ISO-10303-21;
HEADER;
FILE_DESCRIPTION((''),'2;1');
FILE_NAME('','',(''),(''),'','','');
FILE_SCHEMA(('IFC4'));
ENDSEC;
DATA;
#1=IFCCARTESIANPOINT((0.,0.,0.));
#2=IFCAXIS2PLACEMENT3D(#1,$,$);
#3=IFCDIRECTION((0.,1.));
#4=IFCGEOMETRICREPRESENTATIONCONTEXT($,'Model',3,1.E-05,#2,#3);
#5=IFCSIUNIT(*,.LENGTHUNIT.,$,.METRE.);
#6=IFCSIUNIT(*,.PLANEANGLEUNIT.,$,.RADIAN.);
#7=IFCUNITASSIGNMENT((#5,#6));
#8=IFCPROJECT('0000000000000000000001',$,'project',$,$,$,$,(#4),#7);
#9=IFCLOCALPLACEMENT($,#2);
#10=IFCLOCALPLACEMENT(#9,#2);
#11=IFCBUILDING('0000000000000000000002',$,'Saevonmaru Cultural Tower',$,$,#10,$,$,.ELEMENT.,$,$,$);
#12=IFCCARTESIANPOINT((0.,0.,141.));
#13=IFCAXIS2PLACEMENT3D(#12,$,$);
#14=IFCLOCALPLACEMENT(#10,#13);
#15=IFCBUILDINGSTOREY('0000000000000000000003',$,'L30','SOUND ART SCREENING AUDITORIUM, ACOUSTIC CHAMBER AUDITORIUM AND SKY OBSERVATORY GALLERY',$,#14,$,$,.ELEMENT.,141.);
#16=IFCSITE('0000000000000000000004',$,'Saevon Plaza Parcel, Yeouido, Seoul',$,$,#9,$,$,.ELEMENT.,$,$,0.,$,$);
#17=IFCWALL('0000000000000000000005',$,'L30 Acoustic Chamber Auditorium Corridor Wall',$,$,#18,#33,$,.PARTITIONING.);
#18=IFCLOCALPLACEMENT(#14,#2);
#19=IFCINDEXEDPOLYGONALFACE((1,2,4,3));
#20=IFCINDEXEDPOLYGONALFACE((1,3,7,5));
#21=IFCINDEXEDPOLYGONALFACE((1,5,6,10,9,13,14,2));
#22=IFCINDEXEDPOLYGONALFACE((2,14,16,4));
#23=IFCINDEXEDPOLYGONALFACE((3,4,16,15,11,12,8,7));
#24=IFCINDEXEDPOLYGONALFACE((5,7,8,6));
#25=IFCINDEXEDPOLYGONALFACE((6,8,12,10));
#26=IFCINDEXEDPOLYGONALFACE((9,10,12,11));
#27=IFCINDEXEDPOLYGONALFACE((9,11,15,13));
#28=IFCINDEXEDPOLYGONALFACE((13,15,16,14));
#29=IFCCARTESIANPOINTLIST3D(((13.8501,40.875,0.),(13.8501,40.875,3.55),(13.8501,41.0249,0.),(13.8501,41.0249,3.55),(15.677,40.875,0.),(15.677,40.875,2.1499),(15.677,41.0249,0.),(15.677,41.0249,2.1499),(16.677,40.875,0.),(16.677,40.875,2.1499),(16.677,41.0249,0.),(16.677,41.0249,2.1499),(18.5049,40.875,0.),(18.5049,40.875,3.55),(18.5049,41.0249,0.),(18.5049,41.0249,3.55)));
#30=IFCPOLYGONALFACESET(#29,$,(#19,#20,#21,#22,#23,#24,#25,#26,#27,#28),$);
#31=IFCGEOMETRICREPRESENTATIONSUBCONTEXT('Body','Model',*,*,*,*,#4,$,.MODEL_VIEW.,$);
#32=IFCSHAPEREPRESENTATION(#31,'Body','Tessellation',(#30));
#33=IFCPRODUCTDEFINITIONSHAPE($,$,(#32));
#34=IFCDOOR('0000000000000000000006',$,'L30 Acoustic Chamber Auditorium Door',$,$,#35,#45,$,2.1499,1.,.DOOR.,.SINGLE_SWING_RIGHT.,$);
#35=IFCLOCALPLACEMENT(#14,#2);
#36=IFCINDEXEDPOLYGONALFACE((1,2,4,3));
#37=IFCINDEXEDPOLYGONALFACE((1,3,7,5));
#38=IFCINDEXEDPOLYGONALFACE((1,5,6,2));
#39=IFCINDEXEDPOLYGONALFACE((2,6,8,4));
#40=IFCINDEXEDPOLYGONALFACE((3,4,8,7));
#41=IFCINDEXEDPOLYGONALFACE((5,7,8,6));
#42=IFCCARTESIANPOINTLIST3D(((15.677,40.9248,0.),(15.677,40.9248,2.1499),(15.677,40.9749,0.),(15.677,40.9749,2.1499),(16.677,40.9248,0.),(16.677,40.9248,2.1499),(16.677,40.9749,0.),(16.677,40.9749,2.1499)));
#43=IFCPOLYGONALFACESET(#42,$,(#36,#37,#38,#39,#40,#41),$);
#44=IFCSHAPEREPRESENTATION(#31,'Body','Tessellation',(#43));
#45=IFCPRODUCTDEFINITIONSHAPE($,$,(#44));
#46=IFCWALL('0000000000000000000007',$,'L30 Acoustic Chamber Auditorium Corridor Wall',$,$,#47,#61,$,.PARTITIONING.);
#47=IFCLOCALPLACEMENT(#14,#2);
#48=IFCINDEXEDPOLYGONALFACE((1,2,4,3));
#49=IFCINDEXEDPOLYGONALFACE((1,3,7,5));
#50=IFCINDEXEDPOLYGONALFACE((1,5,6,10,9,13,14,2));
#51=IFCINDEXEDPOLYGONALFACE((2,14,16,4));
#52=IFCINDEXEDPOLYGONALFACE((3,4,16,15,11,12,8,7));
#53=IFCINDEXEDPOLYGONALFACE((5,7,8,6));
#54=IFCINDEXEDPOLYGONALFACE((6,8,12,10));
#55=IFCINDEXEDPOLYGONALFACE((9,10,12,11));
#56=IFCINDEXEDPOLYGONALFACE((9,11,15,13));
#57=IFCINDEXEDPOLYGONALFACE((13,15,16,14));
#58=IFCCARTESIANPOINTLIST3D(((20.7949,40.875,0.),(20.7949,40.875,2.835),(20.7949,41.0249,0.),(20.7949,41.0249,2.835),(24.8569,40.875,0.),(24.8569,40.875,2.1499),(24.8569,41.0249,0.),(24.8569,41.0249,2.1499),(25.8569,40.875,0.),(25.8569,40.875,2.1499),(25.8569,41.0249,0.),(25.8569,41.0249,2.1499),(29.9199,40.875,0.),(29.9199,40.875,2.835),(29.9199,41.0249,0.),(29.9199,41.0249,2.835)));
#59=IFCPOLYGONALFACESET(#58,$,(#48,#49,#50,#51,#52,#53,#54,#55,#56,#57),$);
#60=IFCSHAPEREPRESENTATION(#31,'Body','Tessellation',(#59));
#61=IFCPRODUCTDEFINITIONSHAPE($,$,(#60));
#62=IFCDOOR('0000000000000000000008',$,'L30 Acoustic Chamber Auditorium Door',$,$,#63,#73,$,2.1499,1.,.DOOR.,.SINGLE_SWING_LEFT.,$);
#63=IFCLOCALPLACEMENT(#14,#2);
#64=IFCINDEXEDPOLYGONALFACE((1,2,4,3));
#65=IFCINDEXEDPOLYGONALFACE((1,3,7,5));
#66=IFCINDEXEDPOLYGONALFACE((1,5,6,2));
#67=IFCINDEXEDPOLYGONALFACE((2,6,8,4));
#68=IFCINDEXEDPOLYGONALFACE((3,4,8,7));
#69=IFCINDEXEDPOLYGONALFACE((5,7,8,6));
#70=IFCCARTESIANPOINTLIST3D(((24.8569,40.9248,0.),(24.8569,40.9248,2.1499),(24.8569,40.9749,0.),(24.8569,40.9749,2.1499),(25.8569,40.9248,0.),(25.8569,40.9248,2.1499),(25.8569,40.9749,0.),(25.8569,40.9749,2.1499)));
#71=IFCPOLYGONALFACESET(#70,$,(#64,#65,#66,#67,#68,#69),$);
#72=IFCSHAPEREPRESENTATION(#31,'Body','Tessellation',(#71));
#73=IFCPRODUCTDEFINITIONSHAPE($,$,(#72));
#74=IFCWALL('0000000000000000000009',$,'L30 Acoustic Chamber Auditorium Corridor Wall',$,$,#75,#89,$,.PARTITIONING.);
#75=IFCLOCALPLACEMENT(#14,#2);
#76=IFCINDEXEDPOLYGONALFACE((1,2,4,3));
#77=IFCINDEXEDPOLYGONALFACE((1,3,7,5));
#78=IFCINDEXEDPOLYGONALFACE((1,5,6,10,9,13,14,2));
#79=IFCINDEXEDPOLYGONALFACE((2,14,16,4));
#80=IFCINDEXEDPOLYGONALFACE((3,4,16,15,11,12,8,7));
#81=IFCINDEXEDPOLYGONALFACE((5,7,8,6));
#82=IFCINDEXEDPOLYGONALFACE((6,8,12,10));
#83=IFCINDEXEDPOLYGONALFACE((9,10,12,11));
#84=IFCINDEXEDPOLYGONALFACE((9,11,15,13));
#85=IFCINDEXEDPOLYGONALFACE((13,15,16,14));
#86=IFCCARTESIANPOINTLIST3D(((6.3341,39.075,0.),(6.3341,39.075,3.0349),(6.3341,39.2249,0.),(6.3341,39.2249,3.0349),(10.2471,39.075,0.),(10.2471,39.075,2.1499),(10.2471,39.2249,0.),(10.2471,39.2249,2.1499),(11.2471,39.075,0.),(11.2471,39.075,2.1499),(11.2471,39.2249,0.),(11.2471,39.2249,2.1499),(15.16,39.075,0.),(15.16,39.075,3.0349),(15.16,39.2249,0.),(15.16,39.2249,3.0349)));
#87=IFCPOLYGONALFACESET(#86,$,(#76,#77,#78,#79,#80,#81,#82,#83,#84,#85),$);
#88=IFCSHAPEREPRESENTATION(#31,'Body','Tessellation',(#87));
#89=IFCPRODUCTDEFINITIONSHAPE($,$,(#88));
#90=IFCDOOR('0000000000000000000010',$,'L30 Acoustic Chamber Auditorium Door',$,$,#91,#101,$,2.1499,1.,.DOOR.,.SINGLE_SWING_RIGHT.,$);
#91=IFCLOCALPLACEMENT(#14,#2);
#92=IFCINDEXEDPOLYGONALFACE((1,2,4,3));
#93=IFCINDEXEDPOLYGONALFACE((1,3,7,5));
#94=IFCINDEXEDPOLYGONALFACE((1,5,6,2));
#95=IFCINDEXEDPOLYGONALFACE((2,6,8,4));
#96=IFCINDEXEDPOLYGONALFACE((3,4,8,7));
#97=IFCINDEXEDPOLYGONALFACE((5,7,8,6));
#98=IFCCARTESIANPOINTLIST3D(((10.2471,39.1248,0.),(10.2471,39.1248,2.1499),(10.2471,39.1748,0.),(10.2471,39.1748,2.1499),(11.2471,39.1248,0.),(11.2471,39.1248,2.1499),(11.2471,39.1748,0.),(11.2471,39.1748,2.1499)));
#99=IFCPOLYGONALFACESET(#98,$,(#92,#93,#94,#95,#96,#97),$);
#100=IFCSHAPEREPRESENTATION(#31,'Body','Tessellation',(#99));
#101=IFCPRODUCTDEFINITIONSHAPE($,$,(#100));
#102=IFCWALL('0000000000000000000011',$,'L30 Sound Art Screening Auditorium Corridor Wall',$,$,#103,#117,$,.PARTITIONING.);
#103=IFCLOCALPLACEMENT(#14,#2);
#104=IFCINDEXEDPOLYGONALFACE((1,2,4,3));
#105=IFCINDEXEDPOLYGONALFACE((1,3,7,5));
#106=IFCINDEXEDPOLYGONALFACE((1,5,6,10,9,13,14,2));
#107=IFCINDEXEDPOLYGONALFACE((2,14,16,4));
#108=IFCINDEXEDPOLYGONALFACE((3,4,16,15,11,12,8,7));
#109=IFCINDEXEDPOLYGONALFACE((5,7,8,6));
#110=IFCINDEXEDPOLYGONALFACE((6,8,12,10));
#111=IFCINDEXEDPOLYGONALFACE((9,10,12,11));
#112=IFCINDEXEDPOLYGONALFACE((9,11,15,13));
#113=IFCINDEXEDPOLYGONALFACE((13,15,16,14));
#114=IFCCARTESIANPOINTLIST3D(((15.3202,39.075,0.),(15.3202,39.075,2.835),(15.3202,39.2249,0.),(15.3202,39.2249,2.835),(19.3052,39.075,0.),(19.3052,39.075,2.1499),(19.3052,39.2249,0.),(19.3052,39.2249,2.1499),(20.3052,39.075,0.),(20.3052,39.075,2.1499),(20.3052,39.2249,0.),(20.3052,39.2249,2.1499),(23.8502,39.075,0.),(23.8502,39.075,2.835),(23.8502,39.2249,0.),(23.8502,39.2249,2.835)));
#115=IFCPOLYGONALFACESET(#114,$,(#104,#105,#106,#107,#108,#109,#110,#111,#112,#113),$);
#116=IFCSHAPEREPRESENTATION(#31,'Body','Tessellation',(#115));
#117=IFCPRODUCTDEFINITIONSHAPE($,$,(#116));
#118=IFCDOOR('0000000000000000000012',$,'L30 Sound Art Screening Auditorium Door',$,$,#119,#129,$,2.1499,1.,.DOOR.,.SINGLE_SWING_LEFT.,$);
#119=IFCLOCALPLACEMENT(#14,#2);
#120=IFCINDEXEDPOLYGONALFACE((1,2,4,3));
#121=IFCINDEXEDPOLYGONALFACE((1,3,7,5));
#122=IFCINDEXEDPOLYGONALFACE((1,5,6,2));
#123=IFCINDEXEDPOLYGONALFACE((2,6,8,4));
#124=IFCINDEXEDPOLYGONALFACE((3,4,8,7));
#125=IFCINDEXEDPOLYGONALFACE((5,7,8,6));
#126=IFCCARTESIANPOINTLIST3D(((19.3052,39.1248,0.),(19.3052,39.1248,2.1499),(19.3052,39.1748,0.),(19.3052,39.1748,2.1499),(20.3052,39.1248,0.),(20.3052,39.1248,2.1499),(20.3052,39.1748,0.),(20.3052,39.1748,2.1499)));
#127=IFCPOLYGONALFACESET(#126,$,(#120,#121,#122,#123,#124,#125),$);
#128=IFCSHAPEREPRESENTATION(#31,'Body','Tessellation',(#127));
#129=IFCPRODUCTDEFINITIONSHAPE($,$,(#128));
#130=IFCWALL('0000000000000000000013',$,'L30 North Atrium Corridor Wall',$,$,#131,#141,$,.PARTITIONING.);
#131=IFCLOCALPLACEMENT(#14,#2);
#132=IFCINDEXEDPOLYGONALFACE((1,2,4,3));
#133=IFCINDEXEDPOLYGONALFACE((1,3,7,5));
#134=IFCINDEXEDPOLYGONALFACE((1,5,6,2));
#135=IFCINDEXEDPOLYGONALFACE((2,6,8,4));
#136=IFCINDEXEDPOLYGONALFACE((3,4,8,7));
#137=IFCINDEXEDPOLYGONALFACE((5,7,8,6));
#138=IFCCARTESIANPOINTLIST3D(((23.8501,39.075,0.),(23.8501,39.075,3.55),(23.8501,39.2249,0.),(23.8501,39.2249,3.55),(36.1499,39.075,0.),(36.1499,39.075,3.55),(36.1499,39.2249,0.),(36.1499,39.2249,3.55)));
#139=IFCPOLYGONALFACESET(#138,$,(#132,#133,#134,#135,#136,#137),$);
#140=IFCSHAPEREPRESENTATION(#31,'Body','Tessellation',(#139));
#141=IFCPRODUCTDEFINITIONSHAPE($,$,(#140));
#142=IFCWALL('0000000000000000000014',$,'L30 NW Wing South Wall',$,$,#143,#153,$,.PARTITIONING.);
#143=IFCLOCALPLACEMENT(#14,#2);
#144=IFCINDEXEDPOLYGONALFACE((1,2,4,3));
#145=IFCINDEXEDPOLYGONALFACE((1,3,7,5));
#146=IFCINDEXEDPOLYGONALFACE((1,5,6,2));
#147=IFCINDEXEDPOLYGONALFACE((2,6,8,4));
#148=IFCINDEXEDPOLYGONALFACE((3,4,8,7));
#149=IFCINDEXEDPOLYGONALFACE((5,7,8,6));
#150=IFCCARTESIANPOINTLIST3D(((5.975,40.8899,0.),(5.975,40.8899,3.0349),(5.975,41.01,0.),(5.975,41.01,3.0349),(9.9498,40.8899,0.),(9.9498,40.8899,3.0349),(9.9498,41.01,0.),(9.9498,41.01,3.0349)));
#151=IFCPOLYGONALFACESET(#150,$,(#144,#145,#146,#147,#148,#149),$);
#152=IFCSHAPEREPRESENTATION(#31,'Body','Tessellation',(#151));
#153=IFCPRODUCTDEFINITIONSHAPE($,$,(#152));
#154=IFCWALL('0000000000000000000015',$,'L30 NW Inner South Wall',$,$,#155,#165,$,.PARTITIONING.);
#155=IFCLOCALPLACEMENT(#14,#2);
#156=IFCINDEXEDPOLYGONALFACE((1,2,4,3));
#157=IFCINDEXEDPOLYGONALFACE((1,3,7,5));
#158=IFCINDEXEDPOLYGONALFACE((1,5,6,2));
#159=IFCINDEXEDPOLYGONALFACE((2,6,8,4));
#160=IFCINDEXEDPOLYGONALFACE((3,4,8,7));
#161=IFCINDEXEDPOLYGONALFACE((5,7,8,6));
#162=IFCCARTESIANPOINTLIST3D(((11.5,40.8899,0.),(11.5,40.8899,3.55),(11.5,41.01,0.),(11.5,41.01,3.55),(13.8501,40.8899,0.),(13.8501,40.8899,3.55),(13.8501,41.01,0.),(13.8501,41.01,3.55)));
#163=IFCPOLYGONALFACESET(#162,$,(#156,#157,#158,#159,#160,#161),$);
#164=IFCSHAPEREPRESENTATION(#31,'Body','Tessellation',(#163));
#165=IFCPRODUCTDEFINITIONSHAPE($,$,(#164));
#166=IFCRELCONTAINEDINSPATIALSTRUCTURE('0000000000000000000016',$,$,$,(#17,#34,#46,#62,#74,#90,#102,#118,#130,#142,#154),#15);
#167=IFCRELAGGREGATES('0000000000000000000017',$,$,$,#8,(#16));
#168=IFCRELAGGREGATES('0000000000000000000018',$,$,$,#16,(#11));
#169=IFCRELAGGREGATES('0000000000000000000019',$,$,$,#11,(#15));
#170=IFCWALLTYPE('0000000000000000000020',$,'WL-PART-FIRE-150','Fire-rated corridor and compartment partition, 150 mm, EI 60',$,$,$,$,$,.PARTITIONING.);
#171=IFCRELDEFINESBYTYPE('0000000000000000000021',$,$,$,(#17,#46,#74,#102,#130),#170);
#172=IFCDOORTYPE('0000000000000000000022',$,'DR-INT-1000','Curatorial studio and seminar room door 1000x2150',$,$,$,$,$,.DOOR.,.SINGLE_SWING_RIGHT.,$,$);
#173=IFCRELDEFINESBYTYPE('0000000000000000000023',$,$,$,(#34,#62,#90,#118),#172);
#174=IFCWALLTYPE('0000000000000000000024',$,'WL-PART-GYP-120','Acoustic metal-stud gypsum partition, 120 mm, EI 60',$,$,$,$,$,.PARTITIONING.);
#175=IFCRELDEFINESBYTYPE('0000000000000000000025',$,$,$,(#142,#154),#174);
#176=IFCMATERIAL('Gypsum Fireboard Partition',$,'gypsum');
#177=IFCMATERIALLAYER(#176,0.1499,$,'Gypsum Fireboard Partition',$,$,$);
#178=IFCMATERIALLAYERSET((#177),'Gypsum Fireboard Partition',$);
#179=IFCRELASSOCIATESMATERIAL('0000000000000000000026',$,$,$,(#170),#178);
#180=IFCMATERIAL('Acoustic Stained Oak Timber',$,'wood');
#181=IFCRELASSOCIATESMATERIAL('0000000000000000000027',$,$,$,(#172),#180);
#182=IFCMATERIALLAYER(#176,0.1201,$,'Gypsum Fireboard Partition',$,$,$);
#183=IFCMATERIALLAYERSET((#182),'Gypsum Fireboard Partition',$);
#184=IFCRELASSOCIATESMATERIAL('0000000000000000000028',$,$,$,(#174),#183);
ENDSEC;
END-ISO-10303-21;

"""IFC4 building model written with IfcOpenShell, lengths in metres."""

from ifc_helpers import new_model, si_unit, direction, frame, frame_2d, origin, place, context, subcontext, project, spatial, rectangle, extrude, material, layer, layer_set, type_object, element, fill, save


model = new_model("IFC4")

# Units and contexts
model_context = context("Model", 3, precision=1e-05, world=origin(), true_north=direction((0.0, 1.0)))
body_context = subcontext(model_context, "Body", "Model", "MODEL_VIEW")
ifc_project = project(units=[si_unit("LENGTHUNIT", "METRE"), si_unit("PLANEANGLEUNIT", "RADIAN")], contexts=[model_context])

# Site, building, storey
site_placement = place(None, origin())
site = spatial("IfcSite", under=ifc_project, at=site_placement, Name="Saevon Plaza Parcel, Yeouido, Seoul", CompositionType="ELEMENT", RefElevation=0.0)
building_placement = place(site_placement, origin())
building = spatial("IfcBuilding", under=site, at=building_placement, Name="Saevonmaru Cultural Tower", CompositionType="ELEMENT")
storey_placement = place(building_placement, frame((0.0, 0.0, 141.0)))
storey = spatial("IfcBuildingStorey", under=building, at=storey_placement, Name="L30", Description="SOUND ART SCREENING AUDITORIUM, ACOUSTIC CHAMBER AUDITORIUM AND SKY OBSERVATORY GALLERY", CompositionType="ELEMENT", Elevation=141.0)

# Shared definitions
ifc_material_1 = material(Name="Gypsum Fireboard Partition", Category="gypsum")
ifc_layer_1 = layer(ifc_material_1, 0.1499, Name="Gypsum Fireboard Partition")
ifc_layer_set_1 = layer_set([ifc_layer_1], Name="Gypsum Fireboard Partition")
wall_type_1 = type_object("IfcWallType", Name="WL-PART-FIRE-150", Description="Fire-rated corridor and compartment partition, 150 mm, EI 60", PredefinedType="PARTITIONING", material=ifc_layer_set_1)
ifc_material_2 = material(Name="Acoustic Stained Oak Timber", Category="wood")
door_type = type_object("IfcDoorType", Name="DR-INT-1000", Description="Curatorial studio and seminar room door 1000x2150", OperationType="SINGLE_SWING_RIGHT", PredefinedType="DOOR", material=ifc_material_2)

# Walls, openings, doors
wall_1_placement = place(storey_placement, frame((13.8501, 40.95, 0.0), z_axis=(0.0, 0.0, 1.0), x_axis=(1.0, 0.0, 0.0)))
wall_1 = element("IfcWall", 1, at=wall_1_placement, inside=storey, type_object=wall_type_1, Name="L30 Acoustic Chamber Auditorium Corridor Wall", PredefinedType="PARTITIONING", context=body_context, shape_type="SweptSolid", body=[
    extrude(rectangle(XDim=4.6548, YDim=0.1499, at=frame_2d((2.3274, 0.0))), origin(), (0.0, 0.0, 1.0), 3.55),
])
opening_1_placement = place(wall_1_placement, frame((1.8269, 0.0, 0.0)))
opening_1 = element("IfcOpeningElement", 2, at=opening_1_placement, cuts=wall_1, PredefinedType="OPENING", context=body_context, shape_type="SweptSolid", body=[
    extrude(rectangle(XDim=1.0, YDim=2.1499, at=frame_2d((0.5, 1.075))), frame((0.0, 0.085, 0.0), z_axis=(0.0, -1.0, 0.0), x_axis=(1.0, 0.0, 0.0)), (0.0, 0.0, 1.0), 0.1699),
])
door_1_placement = place(opening_1_placement, origin())
door_1 = element("IfcDoor", 3, at=door_1_placement, inside=storey, type_object=door_type, Name="L30 Acoustic Chamber Auditorium Door", OperationType="SINGLE_SWING_RIGHT", OverallHeight=2.1499, OverallWidth=1.0, PredefinedType="DOOR", context=body_context, shape_type="SweptSolid", body=[
    extrude(rectangle(XDim=1.0, YDim=2.1499, at=frame_2d((0.5, 1.075))), frame((0.0, 0.0249, 0.0), z_axis=(0.0, -1.0, 0.0), x_axis=(1.0, 0.0, 0.0)), (0.0, 0.0, 1.0), 0.05),
])
fill(opening_1, door_1)
wall_2_placement = place(storey_placement, frame((20.7949, 40.95, 0.0), z_axis=(0.0, 0.0, 1.0), x_axis=(1.0, 0.0, 0.0)))
wall_2 = element("IfcWall", 4, at=wall_2_placement, inside=storey, type_object=wall_type_1, Name="L30 Acoustic Chamber Auditorium Corridor Wall", PredefinedType="PARTITIONING", context=body_context, shape_type="SweptSolid", body=[
    extrude(rectangle(XDim=9.125, YDim=0.1499, at=frame_2d((4.5625, 0.0))), origin(), (0.0, 0.0, 1.0), 2.835),
])
opening_2_placement = place(wall_2_placement, frame((4.062, 0.0, 0.0)))
opening_2 = element("IfcOpeningElement", 5, at=opening_2_placement, cuts=wall_2, PredefinedType="OPENING", context=body_context, shape_type="SweptSolid", body=[
    extrude(rectangle(XDim=1.0, YDim=2.1499, at=frame_2d((0.5, 1.075))), frame((0.0, 0.085, 0.0), z_axis=(0.0, -1.0, 0.0), x_axis=(1.0, 0.0, 0.0)), (0.0, 0.0, 1.0), 0.1699),
])
door_2_placement = place(opening_2_placement, origin())
door_2 = element("IfcDoor", 6, at=door_2_placement, inside=storey, type_object=door_type, Name="L30 Acoustic Chamber Auditorium Door", OperationType="SINGLE_SWING_LEFT", OverallHeight=2.1499, OverallWidth=1.0, PredefinedType="DOOR", context=body_context, shape_type="SweptSolid", body=[
    extrude(rectangle(XDim=1.0, YDim=2.1499, at=frame_2d((0.5, 1.075))), frame((0.0, 0.0249, 0.0), z_axis=(0.0, -1.0, 0.0), x_axis=(1.0, 0.0, 0.0)), (0.0, 0.0, 1.0), 0.05),
])
fill(opening_2, door_2)
wall_3_placement = place(storey_placement, frame((6.334, 39.1499, 0.0), z_axis=(0.0, 0.0, 1.0), x_axis=(1.0, 0.0, 0.0)))
wall_3 = element("IfcWall", 7, at=wall_3_placement, inside=storey, type_object=wall_type_1, Name="L30 Acoustic Chamber Auditorium Corridor Wall", PredefinedType="PARTITIONING", context=body_context, shape_type="SweptSolid", body=[
    extrude(rectangle(XDim=8.8259, YDim=0.1499, at=frame_2d((4.4131, 0.0))), origin(), (0.0, 0.0, 1.0), 3.0349),
])
opening_3_placement = place(wall_3_placement, frame((3.9131, 0.0, 0.0)))
opening_3 = element("IfcOpeningElement", 8, at=opening_3_placement, cuts=wall_3, PredefinedType="OPENING", context=body_context, shape_type="SweptSolid", body=[
    extrude(rectangle(XDim=1.0, YDim=2.1499, at=frame_2d((0.5, 1.075))), frame((0.0, 0.085, 0.0), z_axis=(0.0, -1.0, 0.0), x_axis=(1.0, 0.0, 0.0)), (0.0, 0.0, 1.0), 0.1699),
])
door_3_placement = place(opening_3_placement, origin())
door_3 = element("IfcDoor", 9, at=door_3_placement, inside=storey, type_object=door_type, Name="L30 Acoustic Chamber Auditorium Door", OperationType="SINGLE_SWING_RIGHT", OverallHeight=2.1499, OverallWidth=1.0, PredefinedType="DOOR", context=body_context, shape_type="SweptSolid", body=[
    extrude(rectangle(XDim=1.0, YDim=2.1499, at=frame_2d((0.5, 1.075))), frame((0.0, 0.0249, 0.0), z_axis=(0.0, -1.0, 0.0), x_axis=(1.0, 0.0, 0.0)), (0.0, 0.0, 1.0), 0.05),
])
fill(opening_3, door_3)
wall_4_placement = place(storey_placement, frame((15.3201, 39.1499, 0.0), z_axis=(0.0, 0.0, 1.0), x_axis=(1.0, 0.0, 0.0)))
wall_4 = element("IfcWall", 10, at=wall_4_placement, inside=storey, type_object=wall_type_1, Name="L30 Sound Art Screening Auditorium Corridor Wall", PredefinedType="PARTITIONING", context=body_context, shape_type="SweptSolid", body=[
    extrude(rectangle(XDim=8.53, YDim=0.1499, at=frame_2d((4.2651, 0.0))), origin(), (0.0, 0.0, 1.0), 2.835),
])
opening_4_placement = place(wall_4_placement, frame((3.9851, 0.0, 0.0)))
opening_4 = element("IfcOpeningElement", 11, at=opening_4_placement, cuts=wall_4, PredefinedType="OPENING", context=body_context, shape_type="SweptSolid", body=[
    extrude(rectangle(XDim=1.0, YDim=2.1499, at=frame_2d((0.5, 1.075))), frame((0.0, 0.085, 0.0), z_axis=(0.0, -1.0, 0.0), x_axis=(1.0, 0.0, 0.0)), (0.0, 0.0, 1.0), 0.1699),
])
door_4_placement = place(opening_4_placement, origin())
door_4 = element("IfcDoor", 12, at=door_4_placement, inside=storey, type_object=door_type, Name="L30 Sound Art Screening Auditorium Door", OperationType="SINGLE_SWING_LEFT", OverallHeight=2.1499, OverallWidth=1.0, PredefinedType="DOOR", context=body_context, shape_type="SweptSolid", body=[
    extrude(rectangle(XDim=1.0, YDim=2.1499, at=frame_2d((0.5, 1.075))), frame((0.0, 0.0249, 0.0), z_axis=(0.0, -1.0, 0.0), x_axis=(1.0, 0.0, 0.0)), (0.0, 0.0, 1.0), 0.05),
])
fill(opening_4, door_4)

# Walls
wall_5_placement = place(storey_placement, frame((23.8501, 39.1499, 0.0), z_axis=(0.0, 0.0, 1.0), x_axis=(1.0, 0.0, 0.0)))
element("IfcWall", 13, at=wall_5_placement, inside=storey, type_object=wall_type_1, Name="L30 North Atrium Corridor Wall", PredefinedType="PARTITIONING", context=body_context, shape_type="SweptSolid", body=[
    extrude(rectangle(XDim=12.2998, YDim=0.1499, at=frame_2d((6.1499, 0.0))), origin(), (0.0, 0.0, 1.0), 3.55),
])
ifc_layer_2 = layer(ifc_material_1, 0.1201, Name="Gypsum Fireboard Partition")
ifc_layer_set_2 = layer_set([ifc_layer_2], Name="Gypsum Fireboard Partition")
wall_type_2 = type_object("IfcWallType", Name="WL-PART-GYP-120", Description="Acoustic metal-stud gypsum partition, 120 mm, EI 60", PredefinedType="PARTITIONING", material=ifc_layer_set_2)
wall_6_placement = place(storey_placement, frame((5.9751, 40.95, 0.0), z_axis=(0.0, 0.0, 1.0), x_axis=(1.0, 0.0, 0.0)))
element("IfcWall", 14, at=wall_6_placement, inside=storey, type_object=wall_type_2, Name="L30 NW Wing South Wall", PredefinedType="PARTITIONING", context=body_context, shape_type="SweptSolid", body=[
    extrude(rectangle(XDim=3.9749, YDim=0.1201, at=frame_2d((1.9873, 0.0))), origin(), (0.0, 0.0, 1.0), 3.0349),
])
wall_7_placement = place(storey_placement, frame((11.5, 40.95, 0.0), z_axis=(0.0, 0.0, 1.0), x_axis=(1.0, 0.0, 0.0)))
element("IfcWall", 15, at=wall_7_placement, inside=storey, type_object=wall_type_2, Name="L30 NW Inner South Wall", PredefinedType="PARTITIONING", context=body_context, shape_type="SweptSolid", body=[
    extrude(rectangle(XDim=2.3501, YDim=0.1201, at=frame_2d((1.175, 0.0))), origin(), (0.0, 0.0, 1.0), 3.55),
])

save(model, "model.ifc")
